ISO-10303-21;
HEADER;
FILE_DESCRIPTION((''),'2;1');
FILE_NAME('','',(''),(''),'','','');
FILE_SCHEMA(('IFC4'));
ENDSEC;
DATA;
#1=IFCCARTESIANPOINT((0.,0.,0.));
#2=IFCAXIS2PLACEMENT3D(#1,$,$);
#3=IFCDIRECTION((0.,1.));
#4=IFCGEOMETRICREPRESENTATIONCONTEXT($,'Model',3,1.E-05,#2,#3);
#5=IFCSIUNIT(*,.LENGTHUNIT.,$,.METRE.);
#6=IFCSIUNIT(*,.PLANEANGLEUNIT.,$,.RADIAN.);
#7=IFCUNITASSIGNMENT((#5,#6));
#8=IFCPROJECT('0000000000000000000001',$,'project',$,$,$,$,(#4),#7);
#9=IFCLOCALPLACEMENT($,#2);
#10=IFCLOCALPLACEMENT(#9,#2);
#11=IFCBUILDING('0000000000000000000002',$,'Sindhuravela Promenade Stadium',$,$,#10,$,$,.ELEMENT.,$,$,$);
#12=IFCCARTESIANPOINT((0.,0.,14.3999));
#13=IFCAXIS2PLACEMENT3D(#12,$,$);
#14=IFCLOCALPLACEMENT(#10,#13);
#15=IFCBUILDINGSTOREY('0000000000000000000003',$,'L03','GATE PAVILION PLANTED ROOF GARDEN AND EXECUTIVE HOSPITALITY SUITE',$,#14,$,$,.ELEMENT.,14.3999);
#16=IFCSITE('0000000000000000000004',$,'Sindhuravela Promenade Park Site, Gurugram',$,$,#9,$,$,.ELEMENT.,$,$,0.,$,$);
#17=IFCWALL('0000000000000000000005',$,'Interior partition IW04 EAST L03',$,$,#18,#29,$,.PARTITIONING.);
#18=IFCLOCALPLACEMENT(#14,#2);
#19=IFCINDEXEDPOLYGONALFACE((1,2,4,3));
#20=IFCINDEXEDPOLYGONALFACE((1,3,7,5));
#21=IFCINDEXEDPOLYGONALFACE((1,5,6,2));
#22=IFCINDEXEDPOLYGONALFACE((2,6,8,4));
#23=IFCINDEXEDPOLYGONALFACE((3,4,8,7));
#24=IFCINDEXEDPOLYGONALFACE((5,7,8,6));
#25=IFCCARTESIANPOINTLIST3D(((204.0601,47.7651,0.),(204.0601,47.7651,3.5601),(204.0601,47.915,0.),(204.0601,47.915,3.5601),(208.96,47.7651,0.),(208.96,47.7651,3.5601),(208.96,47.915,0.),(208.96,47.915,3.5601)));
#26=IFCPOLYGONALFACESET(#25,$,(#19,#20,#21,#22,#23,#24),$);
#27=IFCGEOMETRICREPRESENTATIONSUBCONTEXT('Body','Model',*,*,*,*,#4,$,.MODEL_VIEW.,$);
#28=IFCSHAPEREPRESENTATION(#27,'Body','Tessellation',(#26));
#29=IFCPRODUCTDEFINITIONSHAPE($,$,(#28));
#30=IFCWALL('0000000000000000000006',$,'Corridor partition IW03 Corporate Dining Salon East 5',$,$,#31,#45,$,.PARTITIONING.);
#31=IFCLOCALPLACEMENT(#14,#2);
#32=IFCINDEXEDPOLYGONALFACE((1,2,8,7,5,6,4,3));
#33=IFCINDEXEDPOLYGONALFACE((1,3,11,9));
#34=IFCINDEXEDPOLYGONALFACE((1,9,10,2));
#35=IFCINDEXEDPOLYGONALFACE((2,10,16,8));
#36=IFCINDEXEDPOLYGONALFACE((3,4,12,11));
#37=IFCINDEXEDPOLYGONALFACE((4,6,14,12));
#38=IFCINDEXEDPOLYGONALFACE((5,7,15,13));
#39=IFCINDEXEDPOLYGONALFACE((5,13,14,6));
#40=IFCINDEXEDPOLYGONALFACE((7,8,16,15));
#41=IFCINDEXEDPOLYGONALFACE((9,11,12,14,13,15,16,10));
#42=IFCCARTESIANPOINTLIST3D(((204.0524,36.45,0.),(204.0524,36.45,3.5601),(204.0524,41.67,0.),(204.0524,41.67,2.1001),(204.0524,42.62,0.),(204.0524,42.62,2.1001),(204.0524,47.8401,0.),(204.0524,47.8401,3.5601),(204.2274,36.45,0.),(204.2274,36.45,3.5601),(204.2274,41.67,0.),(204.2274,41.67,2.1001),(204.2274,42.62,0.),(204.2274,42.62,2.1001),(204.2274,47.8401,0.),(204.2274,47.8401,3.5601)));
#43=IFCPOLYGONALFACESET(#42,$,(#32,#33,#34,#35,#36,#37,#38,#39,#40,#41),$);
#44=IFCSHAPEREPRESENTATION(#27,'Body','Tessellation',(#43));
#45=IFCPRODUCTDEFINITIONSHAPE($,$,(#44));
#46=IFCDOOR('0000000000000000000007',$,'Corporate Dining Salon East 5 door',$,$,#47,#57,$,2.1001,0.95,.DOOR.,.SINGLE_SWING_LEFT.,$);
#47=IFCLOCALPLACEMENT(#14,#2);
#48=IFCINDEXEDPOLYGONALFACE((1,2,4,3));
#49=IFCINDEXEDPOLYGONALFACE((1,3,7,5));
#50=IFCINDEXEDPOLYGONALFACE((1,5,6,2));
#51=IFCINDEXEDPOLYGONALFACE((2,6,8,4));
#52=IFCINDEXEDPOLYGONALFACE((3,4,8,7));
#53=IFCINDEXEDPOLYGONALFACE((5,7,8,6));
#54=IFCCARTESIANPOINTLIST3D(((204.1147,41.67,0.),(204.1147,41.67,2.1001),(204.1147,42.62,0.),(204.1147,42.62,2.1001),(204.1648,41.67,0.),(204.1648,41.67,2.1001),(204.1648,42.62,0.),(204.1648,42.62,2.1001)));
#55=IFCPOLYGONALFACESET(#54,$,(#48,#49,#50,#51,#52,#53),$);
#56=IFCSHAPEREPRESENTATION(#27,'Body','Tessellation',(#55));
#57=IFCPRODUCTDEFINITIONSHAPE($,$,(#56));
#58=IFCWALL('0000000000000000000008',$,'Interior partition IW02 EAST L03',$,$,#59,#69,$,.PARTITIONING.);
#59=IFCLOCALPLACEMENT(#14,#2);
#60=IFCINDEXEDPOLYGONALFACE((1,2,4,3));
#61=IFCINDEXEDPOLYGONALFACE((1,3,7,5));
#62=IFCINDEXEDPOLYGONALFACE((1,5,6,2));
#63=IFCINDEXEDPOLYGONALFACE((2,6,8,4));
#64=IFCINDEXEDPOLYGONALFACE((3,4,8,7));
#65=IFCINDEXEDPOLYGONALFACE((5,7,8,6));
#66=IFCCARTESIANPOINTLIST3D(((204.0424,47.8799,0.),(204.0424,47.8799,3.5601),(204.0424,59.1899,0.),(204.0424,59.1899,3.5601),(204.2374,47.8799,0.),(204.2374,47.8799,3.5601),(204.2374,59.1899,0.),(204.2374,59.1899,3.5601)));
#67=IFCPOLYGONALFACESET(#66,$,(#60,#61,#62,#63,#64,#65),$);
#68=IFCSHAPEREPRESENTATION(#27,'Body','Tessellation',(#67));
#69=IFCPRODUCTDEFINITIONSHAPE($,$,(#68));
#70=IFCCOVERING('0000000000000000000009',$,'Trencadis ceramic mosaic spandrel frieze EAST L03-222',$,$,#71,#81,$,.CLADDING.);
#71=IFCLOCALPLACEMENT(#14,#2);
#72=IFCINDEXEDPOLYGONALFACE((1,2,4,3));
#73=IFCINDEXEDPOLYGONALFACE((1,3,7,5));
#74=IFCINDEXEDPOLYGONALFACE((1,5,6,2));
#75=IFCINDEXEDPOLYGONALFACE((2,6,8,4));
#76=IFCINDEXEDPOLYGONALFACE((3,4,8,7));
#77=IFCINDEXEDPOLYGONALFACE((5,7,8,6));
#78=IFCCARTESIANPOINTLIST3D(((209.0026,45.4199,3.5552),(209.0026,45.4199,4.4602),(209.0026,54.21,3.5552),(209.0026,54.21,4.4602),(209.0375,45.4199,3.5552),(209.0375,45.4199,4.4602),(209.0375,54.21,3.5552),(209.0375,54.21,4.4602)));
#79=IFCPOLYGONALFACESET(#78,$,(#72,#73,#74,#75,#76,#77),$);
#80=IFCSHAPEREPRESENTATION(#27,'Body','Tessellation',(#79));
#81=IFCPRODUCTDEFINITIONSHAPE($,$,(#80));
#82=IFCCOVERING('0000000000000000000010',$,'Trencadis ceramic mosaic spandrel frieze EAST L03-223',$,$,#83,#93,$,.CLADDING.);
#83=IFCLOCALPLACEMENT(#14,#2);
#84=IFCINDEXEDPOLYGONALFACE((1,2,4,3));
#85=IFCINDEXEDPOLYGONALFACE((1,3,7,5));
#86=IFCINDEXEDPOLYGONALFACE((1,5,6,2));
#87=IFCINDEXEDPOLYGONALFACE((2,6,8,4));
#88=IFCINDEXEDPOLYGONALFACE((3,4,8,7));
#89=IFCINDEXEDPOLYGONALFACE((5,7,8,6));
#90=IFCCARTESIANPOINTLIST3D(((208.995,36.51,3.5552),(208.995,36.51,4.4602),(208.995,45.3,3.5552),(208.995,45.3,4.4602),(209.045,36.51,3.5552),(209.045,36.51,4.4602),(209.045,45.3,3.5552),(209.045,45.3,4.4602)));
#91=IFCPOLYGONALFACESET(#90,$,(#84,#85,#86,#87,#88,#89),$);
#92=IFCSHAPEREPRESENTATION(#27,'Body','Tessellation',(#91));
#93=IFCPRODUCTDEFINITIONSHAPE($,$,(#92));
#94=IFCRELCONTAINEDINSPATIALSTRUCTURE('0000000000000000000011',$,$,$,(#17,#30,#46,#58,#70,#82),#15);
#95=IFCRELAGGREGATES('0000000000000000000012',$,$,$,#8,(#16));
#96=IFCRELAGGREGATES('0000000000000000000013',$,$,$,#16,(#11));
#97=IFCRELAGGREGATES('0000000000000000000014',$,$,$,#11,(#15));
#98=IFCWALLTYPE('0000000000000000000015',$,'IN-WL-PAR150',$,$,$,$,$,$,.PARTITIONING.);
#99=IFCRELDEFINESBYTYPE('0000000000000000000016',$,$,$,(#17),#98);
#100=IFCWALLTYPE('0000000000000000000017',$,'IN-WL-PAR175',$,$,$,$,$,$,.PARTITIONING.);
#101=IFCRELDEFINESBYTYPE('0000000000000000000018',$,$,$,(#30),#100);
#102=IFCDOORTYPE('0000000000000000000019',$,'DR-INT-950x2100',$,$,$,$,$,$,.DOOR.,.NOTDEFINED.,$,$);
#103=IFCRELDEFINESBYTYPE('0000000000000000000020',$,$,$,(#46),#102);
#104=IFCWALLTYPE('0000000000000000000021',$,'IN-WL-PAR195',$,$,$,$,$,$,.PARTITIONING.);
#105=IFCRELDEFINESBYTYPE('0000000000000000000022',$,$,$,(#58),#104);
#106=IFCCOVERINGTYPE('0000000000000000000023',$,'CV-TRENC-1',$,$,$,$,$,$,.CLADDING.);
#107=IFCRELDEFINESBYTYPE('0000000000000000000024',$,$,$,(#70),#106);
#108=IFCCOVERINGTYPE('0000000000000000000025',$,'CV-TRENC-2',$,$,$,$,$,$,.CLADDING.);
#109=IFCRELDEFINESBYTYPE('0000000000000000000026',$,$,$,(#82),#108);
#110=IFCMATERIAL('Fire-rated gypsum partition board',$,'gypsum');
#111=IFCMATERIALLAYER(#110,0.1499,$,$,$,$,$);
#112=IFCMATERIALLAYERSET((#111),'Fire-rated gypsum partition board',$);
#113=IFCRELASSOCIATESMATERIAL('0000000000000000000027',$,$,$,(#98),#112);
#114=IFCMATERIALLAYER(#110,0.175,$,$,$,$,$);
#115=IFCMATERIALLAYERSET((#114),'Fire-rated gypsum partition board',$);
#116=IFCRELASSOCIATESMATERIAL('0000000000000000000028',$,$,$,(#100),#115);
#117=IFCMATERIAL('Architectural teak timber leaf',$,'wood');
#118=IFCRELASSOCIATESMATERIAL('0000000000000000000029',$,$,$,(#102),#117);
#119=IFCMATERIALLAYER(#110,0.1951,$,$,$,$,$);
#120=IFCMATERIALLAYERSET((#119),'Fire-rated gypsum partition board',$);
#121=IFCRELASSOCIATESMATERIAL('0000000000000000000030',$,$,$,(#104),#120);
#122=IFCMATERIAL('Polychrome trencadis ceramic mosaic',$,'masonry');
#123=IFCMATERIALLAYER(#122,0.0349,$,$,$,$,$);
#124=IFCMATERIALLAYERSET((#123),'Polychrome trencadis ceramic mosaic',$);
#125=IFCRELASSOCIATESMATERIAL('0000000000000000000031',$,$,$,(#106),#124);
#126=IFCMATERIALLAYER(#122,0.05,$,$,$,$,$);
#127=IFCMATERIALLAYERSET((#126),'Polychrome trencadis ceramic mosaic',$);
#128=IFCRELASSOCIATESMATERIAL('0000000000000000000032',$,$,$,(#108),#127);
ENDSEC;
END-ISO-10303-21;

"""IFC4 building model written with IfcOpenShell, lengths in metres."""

from ifc_helpers import new_model, si_unit, direction, frame, frame_2d, origin, origin_2d, place, context, subcontext, project, spatial, rectangle, extrude, material, layer, layer_set, type_object, element, fill, save


model = new_model("IFC4")

# Units and contexts
model_context = context("Model", 3, precision=1e-05, world=origin(), true_north=direction((0.0, 1.0)))
body_context = subcontext(model_context, "Body", "Model", "MODEL_VIEW")
ifc_project = project(units=[si_unit("LENGTHUNIT", "METRE"), si_unit("PLANEANGLEUNIT", "RADIAN")], contexts=[model_context])

# Site, building, storey
site_placement = place(None, origin())
site = spatial("IfcSite", under=ifc_project, at=site_placement, Name="Sindhuravela Promenade Park Site, Gurugram", CompositionType="ELEMENT", RefElevation=0.0)
building_placement = place(site_placement, origin())
building = spatial("IfcBuilding", under=site, at=building_placement, Name="Sindhuravela Promenade Stadium", CompositionType="ELEMENT")
storey_placement = place(building_placement, frame((0.0, 0.0, 14.3999)))
storey = spatial("IfcBuildingStorey", under=building, at=storey_placement, Name="L03", Description="GATE PAVILION PLANTED ROOF GARDEN AND EXECUTIVE HOSPITALITY SUITE", CompositionType="ELEMENT", Elevation=14.3999)

# Shared definitions
ifc_material_1 = material(Name="Fire-rated gypsum partition board", Category="gypsum")
ifc_material_2 = material(Name="Architectural teak timber leaf", Category="wood")

# Wall
ifc_layer_1 = layer(ifc_material_1, 0.1499)
ifc_layer_set_1 = layer_set([ifc_layer_1], Name="Fire-rated gypsum partition board")
wall_type_1 = type_object("IfcWallType", Name="IN-WL-PAR150", PredefinedType="PARTITIONING", material=ifc_layer_set_1)
wall_1_placement = place(storey_placement, frame((204.0601, 47.8401, 0.0), z_axis=(0.0, 0.0, 1.0), x_axis=(1.0, 0.0, 0.0)))
element("IfcWall", 1, at=wall_1_placement, inside=storey, type_object=wall_type_1, Name="Interior partition IW04 EAST L03", PredefinedType="PARTITIONING", context=body_context, shape_type="SweptSolid", body=[
    extrude(rectangle(XDim=4.8999, YDim=0.1499, at=frame_2d((2.45, 0.0))), origin(), (0.0, 0.0, 1.0), 3.5601),
])

# Wall, opening, door
ifc_layer_2 = layer(ifc_material_1, 0.175)
ifc_layer_set_2 = layer_set([ifc_layer_2], Name="Fire-rated gypsum partition board")
wall_type_2 = type_object("IfcWallType", Name="IN-WL-PAR175", PredefinedType="PARTITIONING", material=ifc_layer_set_2)
wall_2_placement = place(storey_placement, frame((204.1399, 47.8401, 0.0), z_axis=(0.0, 0.0, 1.0), x_axis=(0.0, -1.0, 0.0)))
wall_2 = element("IfcWall", 2, at=wall_2_placement, inside=storey, type_object=wall_type_2, Name="Corridor partition IW03 Corporate Dining Salon East 5", PredefinedType="PARTITIONING", context=body_context, shape_type="SweptSolid", body=[
    extrude(rectangle(XDim=11.3901, YDim=0.175, at=frame_2d((5.6951, 0.0))), origin(), (0.0, 0.0, 1.0), 3.5601),
])
opening_1_placement = place(wall_2_placement, frame((5.22, 0.0, 0.0)))
opening_1 = element("IfcOpeningElement", 3, at=opening_1_placement, cuts=wall_2, PredefinedType="OPENING", context=body_context, shape_type="SweptSolid", body=[
    extrude(rectangle(XDim=0.95, YDim=2.1001, at=frame_2d((0.4751, 1.05))), frame((0.0, 0.0974, 0.0), z_axis=(0.0, -1.0, 0.0), x_axis=(1.0, 0.0, 0.0)), (0.0, 0.0, 1.0), 0.1951),
])
door_type_1 = type_object("IfcDoorType", Name="DR-INT-950x2100", OperationType="NOTDEFINED", PredefinedType="DOOR", material=ifc_material_2)
door_1_placement = place(opening_1_placement, origin())
door_1 = element("IfcDoor", 4, at=door_1_placement, inside=storey, type_object=door_type_1, Name="Corporate Dining Salon East 5 door", OperationType="SINGLE_SWING_LEFT", OverallHeight=2.1001, OverallWidth=0.95, PredefinedType="DOOR", context=body_context, shape_type="SweptSolid", body=[
    extrude(rectangle(XDim=0.95, YDim=2.1001, at=frame_2d((0.4751, 1.05))), frame((0.0, 0.0249, 0.0), z_axis=(0.0, -1.0, 0.0), x_axis=(1.0, 0.0, 0.0)), (0.0, 0.0, 1.0), 0.05),
])
fill(opening_1, door_1)

# Wall
ifc_layer_3 = layer(ifc_material_1, 0.1951)
ifc_layer_set_3 = layer_set([ifc_layer_3], Name="Fire-rated gypsum partition board")
wall_type_3 = type_object("IfcWallType", Name="IN-WL-PAR195", PredefinedType="PARTITIONING", material=ifc_layer_set_3)
wall_3_placement = place(storey_placement, frame((204.1399, 47.8799, 0.0), z_axis=(0.0, 0.0, 1.0), x_axis=(0.0, 1.0, 0.0)))
element("IfcWall", 5, at=wall_3_placement, inside=storey, type_object=wall_type_3, Name="Interior partition IW02 EAST L03", PredefinedType="PARTITIONING", context=body_context, shape_type="SweptSolid", body=[
    extrude(rectangle(XDim=11.3101, YDim=0.1951, at=frame_2d((5.655, 0.0))), origin(), (0.0, 0.0, 1.0), 3.5601),
])

# Coverings
ifc_material_3 = material(Name="Polychrome trencadis ceramic mosaic", Category="masonry")
ifc_layer_4 = layer(ifc_material_3, 0.0349)
ifc_layer_set_4 = layer_set([ifc_layer_4], Name="Polychrome trencadis ceramic mosaic")
covering_type_1 = type_object("IfcCoveringType", Name="CV-TRENC-1", PredefinedType="CLADDING", material=ifc_layer_set_4)
covering_1_placement = place(storey_placement, frame((209.02, 49.8149, 3.5552), z_axis=(0.0, 0.0, 1.0), x_axis=(0.0, -1.0, 0.0)))
element("IfcCovering", 6, at=covering_1_placement, inside=storey, type_object=covering_type_1, Name="Trencadis ceramic mosaic spandrel frieze EAST L03-222", PredefinedType="CLADDING", context=body_context, shape_type="SweptSolid", body=[
    extrude(rectangle(XDim=8.79, YDim=0.0349, at=origin_2d()), origin(), (0.0, 0.0, 1.0), 0.905),
])
ifc_layer_5 = layer(ifc_material_3, 0.05)
ifc_layer_set_5 = layer_set([ifc_layer_5], Name="Polychrome trencadis ceramic mosaic")
covering_type_2 = type_object("IfcCoveringType", Name="CV-TRENC-2", PredefinedType="CLADDING", material=ifc_layer_set_5)
covering_2_placement = place(storey_placement, frame((209.02, 40.905, 3.5552), z_axis=(0.0, 0.0, 1.0), x_axis=(0.0, -1.0, 0.0)))
element("IfcCovering", 7, at=covering_2_placement, inside=storey, type_object=covering_type_2, Name="Trencadis ceramic mosaic spandrel frieze EAST L03-223", PredefinedType="CLADDING", context=body_context, shape_type="SweptSolid", body=[
    extrude(rectangle(XDim=8.79, YDim=0.05, at=origin_2d()), origin(), (0.0, 0.0, 1.0), 0.905),
])

save(model, "model.ifc")
